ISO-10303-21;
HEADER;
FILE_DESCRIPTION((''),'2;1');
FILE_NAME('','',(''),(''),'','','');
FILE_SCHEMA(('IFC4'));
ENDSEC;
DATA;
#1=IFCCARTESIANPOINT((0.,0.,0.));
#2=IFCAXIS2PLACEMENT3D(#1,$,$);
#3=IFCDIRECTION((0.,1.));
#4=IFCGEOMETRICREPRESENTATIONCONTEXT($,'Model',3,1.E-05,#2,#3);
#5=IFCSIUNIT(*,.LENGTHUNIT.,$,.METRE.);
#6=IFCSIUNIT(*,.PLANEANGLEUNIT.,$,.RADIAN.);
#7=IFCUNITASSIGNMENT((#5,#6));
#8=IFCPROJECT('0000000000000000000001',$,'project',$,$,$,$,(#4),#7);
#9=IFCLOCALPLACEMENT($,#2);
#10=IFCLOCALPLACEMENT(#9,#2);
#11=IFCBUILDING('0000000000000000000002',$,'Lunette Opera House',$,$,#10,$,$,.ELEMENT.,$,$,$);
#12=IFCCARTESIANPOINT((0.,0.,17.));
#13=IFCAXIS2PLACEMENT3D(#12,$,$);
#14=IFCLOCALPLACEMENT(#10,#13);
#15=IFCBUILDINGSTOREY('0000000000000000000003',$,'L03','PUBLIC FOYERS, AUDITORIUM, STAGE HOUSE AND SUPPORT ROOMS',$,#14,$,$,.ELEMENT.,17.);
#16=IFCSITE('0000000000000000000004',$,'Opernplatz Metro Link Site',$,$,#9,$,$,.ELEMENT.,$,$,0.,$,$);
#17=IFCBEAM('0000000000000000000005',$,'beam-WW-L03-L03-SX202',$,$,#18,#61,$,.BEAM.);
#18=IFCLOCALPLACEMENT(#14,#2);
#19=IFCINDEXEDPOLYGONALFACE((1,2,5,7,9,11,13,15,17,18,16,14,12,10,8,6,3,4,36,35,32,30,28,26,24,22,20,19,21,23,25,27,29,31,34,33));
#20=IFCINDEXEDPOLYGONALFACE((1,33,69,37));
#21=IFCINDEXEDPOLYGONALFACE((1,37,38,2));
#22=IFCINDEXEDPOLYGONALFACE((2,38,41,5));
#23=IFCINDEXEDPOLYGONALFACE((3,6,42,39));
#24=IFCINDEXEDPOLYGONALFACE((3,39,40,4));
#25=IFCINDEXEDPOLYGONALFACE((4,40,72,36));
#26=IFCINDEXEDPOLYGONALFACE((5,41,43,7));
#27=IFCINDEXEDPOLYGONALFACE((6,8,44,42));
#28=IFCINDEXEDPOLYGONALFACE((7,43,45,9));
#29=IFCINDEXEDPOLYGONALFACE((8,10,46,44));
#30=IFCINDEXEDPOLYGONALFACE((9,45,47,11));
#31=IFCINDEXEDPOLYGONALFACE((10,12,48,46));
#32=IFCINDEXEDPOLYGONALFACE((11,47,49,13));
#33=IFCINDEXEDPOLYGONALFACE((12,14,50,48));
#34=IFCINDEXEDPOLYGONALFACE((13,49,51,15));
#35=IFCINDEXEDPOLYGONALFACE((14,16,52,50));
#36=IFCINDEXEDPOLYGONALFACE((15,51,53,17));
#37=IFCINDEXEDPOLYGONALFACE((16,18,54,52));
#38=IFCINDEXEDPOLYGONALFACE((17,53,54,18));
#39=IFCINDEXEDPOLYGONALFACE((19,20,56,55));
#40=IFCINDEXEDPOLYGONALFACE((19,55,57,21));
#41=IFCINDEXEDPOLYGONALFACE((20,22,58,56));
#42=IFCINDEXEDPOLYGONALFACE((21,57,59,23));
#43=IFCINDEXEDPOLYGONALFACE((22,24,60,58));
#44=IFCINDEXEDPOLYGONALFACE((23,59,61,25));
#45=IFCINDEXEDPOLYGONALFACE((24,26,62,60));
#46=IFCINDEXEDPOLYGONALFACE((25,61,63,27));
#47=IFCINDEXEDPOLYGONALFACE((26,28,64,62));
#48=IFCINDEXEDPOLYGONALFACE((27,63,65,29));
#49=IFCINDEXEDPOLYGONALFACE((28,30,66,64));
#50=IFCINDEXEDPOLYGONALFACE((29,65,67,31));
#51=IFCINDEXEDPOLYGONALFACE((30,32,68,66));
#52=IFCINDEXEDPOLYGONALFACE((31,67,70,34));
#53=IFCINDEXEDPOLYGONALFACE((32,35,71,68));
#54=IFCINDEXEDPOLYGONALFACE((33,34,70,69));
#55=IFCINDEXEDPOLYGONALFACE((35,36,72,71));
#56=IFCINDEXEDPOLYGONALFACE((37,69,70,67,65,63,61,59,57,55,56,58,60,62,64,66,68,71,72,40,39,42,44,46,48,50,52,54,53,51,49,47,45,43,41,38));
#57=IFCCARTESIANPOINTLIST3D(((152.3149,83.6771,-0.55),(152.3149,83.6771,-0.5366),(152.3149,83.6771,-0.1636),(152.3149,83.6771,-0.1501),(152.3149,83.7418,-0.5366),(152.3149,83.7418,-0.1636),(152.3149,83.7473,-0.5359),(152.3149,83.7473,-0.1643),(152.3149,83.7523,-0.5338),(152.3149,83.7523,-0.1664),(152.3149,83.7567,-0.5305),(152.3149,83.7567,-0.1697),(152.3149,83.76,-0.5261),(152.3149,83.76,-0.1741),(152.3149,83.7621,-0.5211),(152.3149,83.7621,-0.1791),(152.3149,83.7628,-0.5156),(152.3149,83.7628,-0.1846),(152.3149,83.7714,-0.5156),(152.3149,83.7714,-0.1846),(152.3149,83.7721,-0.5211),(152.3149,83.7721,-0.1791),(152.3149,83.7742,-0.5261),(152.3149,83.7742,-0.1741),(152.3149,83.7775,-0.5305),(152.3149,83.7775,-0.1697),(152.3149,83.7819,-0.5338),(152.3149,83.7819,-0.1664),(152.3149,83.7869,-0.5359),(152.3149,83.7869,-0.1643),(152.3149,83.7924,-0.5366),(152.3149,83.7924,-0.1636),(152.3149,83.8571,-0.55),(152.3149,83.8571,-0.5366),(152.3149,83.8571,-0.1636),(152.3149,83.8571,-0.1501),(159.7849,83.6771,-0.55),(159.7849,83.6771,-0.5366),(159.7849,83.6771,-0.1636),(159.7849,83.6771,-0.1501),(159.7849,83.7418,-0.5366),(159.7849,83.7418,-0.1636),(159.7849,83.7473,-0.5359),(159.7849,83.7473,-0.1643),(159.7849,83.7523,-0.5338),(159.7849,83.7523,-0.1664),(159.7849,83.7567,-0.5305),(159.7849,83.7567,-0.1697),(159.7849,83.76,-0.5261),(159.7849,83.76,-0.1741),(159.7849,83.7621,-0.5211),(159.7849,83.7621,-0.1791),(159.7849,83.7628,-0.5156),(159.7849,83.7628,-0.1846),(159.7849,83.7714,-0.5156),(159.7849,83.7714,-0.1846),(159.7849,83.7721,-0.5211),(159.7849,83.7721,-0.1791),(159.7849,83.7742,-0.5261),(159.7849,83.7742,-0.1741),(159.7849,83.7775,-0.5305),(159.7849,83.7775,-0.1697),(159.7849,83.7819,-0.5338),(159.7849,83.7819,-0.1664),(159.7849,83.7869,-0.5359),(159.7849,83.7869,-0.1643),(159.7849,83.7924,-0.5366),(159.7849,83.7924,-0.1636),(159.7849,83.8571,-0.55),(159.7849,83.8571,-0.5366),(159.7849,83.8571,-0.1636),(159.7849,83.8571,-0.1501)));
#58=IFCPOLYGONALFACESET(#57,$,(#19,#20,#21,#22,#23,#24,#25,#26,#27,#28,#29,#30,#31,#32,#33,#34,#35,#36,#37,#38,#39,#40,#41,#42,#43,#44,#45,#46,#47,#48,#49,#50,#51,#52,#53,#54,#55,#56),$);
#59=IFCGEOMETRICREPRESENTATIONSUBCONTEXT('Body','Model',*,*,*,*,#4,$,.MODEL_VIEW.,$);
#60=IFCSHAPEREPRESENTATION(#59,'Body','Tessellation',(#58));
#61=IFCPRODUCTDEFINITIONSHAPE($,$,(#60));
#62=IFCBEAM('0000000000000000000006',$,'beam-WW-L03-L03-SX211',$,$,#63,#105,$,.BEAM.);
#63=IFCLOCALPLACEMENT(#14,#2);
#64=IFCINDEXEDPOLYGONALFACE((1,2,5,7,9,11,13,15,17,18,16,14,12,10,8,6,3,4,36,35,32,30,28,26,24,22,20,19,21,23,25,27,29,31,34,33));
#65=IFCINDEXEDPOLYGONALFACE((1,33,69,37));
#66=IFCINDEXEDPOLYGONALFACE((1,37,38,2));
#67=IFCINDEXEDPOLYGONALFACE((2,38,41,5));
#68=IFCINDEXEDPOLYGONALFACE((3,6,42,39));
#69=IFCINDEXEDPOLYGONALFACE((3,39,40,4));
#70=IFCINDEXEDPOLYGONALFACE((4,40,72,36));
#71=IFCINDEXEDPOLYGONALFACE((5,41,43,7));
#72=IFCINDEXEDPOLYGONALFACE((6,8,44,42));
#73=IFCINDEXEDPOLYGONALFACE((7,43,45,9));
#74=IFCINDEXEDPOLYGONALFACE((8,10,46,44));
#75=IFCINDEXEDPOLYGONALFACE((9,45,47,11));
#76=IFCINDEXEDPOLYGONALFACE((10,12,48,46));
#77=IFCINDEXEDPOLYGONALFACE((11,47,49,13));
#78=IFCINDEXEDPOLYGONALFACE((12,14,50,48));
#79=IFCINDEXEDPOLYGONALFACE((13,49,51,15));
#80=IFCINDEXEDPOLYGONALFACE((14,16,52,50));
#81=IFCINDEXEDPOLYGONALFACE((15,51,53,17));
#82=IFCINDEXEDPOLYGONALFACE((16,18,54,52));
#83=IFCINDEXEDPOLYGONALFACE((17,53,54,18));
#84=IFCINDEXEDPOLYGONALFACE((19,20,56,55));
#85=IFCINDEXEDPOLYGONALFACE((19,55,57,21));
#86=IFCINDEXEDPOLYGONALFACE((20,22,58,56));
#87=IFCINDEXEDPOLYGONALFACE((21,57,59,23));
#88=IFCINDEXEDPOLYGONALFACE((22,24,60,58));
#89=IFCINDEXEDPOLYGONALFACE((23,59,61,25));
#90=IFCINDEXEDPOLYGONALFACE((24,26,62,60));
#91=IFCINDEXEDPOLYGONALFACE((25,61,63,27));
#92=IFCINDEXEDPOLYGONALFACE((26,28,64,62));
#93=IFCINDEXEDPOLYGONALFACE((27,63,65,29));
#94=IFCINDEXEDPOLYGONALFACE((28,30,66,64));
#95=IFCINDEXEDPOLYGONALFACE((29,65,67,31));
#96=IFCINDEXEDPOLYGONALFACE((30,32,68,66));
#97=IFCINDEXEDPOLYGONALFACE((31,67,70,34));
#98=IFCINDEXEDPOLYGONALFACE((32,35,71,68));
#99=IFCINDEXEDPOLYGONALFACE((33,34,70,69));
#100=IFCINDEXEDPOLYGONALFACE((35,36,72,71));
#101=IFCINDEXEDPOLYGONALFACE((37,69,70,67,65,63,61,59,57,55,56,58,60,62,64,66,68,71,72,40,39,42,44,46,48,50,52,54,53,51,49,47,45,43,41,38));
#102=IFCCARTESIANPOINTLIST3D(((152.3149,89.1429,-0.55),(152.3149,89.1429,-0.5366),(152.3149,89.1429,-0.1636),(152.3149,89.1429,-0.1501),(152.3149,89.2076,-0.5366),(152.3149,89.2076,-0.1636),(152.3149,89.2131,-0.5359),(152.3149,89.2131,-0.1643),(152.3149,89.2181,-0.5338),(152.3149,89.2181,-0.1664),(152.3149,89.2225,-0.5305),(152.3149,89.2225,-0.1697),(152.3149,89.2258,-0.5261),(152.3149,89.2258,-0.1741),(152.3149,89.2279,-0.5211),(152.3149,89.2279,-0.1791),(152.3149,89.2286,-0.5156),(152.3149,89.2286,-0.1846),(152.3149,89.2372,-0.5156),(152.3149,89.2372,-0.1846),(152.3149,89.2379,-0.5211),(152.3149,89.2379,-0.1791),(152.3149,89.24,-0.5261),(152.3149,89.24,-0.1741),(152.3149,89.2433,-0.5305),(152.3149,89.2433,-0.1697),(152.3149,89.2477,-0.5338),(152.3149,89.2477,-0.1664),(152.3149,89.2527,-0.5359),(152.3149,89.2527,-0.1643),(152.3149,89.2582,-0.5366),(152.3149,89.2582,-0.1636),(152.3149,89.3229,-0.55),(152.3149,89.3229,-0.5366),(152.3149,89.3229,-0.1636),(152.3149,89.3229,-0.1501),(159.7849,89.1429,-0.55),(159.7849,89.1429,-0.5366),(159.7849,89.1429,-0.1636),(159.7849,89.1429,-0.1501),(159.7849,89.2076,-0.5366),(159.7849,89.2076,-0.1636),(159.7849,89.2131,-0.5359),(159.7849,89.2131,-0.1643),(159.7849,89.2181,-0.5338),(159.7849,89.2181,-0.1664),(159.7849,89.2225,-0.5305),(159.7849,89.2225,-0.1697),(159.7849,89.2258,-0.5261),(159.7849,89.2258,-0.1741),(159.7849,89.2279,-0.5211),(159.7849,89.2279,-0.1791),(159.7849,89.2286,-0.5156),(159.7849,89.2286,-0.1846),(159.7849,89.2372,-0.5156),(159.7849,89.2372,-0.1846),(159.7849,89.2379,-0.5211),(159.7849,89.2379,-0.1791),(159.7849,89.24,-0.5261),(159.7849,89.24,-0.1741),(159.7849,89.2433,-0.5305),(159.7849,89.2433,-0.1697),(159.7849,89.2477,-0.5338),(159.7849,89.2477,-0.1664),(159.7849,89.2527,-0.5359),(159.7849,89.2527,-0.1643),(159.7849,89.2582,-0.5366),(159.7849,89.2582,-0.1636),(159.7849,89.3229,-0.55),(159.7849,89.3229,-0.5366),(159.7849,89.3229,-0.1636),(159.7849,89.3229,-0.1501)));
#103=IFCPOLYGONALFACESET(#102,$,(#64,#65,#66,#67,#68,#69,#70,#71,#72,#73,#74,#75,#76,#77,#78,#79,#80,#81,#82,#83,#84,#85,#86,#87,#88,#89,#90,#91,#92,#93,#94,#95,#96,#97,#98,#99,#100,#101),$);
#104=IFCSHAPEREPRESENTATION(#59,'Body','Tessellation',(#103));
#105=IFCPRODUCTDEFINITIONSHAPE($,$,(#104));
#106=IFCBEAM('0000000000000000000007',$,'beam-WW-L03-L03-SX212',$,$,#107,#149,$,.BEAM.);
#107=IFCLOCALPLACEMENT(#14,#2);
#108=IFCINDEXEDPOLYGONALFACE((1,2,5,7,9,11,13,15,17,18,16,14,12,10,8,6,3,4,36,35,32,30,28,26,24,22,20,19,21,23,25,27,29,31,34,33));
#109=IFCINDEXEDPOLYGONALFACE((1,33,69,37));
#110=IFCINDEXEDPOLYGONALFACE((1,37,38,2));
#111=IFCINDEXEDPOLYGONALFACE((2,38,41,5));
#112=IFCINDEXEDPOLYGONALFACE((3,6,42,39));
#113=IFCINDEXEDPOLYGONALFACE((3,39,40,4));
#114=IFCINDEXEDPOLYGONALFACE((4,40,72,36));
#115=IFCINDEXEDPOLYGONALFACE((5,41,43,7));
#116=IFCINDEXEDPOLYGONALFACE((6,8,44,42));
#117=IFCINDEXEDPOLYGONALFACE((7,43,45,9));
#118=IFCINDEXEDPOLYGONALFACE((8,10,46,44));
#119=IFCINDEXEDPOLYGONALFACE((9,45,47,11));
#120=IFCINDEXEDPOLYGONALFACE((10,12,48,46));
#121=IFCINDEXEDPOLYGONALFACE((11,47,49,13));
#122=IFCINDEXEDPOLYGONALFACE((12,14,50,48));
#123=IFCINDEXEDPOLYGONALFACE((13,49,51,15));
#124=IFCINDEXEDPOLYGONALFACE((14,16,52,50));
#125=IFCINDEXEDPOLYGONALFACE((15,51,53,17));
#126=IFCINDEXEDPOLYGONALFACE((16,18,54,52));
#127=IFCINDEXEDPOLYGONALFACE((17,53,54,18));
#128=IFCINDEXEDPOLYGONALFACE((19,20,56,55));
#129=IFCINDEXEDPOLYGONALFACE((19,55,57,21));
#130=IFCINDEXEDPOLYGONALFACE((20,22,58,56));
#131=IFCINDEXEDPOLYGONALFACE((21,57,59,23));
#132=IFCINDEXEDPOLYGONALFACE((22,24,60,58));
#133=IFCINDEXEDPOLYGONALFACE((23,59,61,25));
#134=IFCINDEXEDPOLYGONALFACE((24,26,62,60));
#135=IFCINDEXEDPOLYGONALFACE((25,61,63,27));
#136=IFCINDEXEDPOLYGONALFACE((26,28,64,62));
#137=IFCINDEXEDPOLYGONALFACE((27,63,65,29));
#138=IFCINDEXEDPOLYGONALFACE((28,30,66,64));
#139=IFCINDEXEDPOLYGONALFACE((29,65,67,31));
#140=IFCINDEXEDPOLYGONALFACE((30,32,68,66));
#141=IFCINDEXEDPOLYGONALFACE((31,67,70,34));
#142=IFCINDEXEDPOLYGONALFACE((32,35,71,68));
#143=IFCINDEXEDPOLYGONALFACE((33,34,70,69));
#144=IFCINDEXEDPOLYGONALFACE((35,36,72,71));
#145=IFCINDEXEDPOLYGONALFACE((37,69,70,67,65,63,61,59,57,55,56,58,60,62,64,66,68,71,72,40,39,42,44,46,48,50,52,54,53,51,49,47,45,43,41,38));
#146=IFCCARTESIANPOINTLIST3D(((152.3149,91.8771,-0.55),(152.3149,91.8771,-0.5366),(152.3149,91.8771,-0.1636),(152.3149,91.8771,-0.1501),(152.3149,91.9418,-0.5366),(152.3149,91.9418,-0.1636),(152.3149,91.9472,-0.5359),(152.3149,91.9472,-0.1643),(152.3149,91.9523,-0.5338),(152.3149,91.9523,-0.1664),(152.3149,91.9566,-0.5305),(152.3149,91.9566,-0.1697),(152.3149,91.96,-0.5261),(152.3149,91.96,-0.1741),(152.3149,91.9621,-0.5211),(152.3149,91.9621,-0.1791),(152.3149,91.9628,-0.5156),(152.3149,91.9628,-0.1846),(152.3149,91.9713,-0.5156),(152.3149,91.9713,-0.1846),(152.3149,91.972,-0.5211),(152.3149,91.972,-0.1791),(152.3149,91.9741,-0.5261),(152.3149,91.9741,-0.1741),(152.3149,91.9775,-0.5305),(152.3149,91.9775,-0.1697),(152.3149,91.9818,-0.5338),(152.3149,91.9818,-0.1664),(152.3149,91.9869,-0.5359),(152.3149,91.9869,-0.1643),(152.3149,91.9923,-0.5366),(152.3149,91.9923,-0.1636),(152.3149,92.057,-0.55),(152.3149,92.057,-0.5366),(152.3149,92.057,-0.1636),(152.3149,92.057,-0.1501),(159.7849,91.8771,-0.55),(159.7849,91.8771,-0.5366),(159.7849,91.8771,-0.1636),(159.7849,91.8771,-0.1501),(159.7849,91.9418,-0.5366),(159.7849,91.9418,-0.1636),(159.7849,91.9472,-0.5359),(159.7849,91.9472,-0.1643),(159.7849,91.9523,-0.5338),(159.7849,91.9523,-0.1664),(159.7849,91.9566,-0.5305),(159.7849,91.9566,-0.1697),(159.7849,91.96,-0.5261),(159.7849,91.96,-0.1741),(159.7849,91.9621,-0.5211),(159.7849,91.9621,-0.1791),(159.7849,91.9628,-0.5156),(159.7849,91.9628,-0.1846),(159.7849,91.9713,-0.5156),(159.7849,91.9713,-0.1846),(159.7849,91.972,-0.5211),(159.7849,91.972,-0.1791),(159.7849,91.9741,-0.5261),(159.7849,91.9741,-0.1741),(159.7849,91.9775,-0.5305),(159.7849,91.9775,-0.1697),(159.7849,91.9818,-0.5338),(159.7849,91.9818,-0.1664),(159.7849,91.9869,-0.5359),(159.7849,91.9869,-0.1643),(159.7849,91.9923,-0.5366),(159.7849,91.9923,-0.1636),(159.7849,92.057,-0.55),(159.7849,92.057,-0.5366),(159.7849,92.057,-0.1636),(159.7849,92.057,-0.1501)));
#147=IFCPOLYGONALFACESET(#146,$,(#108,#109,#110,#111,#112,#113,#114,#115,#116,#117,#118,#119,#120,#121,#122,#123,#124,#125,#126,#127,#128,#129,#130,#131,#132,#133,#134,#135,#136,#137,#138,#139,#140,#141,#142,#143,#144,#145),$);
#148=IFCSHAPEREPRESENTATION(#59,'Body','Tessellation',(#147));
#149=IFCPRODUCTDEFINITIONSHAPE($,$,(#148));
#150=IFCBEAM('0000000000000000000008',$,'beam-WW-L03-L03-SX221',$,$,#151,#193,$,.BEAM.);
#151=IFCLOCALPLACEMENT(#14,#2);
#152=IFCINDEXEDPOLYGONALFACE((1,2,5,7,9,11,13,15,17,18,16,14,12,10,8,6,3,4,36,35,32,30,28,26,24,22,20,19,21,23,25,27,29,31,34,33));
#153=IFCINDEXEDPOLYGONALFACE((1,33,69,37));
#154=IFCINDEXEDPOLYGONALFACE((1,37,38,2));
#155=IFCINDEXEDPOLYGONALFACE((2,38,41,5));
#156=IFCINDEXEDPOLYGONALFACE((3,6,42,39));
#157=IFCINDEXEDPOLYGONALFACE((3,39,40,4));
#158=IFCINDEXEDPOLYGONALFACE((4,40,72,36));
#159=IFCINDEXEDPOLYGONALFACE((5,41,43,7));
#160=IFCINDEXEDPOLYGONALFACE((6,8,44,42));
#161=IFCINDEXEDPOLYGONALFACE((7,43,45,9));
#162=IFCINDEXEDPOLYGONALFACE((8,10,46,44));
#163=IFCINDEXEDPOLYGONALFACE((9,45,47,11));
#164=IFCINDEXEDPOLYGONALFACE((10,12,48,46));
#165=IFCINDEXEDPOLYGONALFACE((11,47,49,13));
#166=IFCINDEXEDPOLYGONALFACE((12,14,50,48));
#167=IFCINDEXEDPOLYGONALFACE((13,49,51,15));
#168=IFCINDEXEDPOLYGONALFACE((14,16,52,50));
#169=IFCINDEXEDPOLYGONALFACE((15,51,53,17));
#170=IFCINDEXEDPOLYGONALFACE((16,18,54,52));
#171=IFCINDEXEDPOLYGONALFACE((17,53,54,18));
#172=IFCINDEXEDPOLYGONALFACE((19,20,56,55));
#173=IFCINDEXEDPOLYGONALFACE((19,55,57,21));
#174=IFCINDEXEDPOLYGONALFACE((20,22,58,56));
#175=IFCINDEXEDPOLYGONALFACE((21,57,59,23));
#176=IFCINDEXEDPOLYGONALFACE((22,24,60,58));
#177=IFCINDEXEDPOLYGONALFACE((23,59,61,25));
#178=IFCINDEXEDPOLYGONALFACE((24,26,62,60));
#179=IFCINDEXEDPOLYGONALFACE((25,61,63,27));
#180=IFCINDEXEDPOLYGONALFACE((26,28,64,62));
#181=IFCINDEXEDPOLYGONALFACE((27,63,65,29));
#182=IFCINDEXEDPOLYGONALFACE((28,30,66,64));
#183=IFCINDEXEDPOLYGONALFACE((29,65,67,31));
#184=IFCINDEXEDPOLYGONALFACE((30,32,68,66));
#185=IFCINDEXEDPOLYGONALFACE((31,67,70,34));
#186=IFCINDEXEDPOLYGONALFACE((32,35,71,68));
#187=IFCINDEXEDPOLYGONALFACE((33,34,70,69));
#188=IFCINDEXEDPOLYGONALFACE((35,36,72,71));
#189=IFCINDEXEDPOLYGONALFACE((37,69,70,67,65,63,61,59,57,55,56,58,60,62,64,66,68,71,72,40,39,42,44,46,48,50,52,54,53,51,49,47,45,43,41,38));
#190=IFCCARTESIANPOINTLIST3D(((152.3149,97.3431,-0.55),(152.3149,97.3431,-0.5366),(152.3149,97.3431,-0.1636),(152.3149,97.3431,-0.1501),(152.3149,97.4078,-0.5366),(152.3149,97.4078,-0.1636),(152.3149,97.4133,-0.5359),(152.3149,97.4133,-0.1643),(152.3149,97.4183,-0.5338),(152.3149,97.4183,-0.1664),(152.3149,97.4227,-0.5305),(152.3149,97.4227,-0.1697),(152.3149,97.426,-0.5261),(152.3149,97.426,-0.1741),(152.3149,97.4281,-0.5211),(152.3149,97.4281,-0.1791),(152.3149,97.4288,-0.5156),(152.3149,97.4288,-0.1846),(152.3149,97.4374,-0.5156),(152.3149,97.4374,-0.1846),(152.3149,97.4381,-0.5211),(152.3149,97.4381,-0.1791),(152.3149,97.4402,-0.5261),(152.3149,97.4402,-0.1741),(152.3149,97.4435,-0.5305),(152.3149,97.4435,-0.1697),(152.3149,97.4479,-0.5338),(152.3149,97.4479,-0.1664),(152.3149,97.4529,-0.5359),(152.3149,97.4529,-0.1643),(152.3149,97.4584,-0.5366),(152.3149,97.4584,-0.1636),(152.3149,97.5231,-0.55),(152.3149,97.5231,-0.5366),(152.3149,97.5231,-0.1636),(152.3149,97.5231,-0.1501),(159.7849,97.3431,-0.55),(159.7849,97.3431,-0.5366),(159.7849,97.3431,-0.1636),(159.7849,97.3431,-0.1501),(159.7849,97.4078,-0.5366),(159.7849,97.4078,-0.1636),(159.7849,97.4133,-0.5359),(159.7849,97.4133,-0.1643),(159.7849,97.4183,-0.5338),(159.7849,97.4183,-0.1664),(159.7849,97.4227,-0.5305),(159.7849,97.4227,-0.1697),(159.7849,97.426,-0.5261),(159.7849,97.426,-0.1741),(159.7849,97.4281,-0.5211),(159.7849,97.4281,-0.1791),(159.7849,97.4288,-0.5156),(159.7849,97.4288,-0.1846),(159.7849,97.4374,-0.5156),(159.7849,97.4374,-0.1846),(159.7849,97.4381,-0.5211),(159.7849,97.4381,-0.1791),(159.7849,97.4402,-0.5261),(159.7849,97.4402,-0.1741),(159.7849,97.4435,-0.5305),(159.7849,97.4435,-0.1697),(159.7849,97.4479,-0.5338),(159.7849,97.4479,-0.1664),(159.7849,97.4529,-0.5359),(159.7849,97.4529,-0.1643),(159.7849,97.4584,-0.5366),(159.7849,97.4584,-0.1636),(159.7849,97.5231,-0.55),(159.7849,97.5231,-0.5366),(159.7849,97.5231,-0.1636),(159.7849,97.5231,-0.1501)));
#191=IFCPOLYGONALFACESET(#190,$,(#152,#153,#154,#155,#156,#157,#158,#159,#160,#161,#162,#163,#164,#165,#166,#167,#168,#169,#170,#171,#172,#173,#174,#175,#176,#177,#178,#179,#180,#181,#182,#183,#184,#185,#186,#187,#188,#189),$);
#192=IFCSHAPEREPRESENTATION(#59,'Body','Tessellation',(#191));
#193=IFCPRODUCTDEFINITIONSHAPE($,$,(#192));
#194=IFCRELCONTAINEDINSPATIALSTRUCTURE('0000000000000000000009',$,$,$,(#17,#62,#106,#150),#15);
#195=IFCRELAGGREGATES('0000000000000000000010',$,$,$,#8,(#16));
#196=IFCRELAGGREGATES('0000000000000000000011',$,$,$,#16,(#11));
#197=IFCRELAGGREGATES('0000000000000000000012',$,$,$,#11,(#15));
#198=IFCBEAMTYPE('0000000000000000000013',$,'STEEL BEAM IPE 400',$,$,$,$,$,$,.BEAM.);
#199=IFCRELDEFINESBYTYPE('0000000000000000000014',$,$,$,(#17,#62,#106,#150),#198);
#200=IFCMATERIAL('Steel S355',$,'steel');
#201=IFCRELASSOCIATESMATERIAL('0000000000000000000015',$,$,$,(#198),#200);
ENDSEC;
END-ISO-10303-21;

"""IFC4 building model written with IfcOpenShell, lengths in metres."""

from ifc_helpers import new_model, si_unit, direction, frame, origin, origin_2d, place, context, subcontext, project, spatial, i_section, extrude, material, material_profile, profile_set, type_object, element, save


model = new_model("IFC4")

# Units and contexts
model_context = context("Model", 3, precision=1e-05, world=origin(), true_north=direction((0.0, 1.0)))
body_context = subcontext(model_context, "Body", "Model", "MODEL_VIEW")
ifc_project = project(units=[si_unit("LENGTHUNIT", "METRE"), si_unit("PLANEANGLEUNIT", "RADIAN")], contexts=[model_context])

# Site, building, storey
site_placement = place(None, origin())
site = spatial("IfcSite", under=ifc_project, at=site_placement, Name="Opernplatz Metro Link Site", CompositionType="ELEMENT", RefElevation=0.0)
building_placement = place(site_placement, origin())
building = spatial("IfcBuilding", under=site, at=building_placement, Name="Lunette Opera House", CompositionType="ELEMENT")
storey_placement = place(building_placement, frame((0.0, 0.0, 17.0)))
storey = spatial("IfcBuildingStorey", under=building, at=storey_placement, Name="L03", Description="PUBLIC FOYERS, AUDITORIUM, STAGE HOUSE AND SUPPORT ROOMS", CompositionType="ELEMENT", Elevation=17.0)

# Beams
ifc_material_1 = material(Name="Steel S355", Category="steel")
ifc_material_profile_1 = material_profile(ifc_material_1, i_section(OverallWidth=0.1799, OverallDepth=0.3999, WebThickness=0.0085, FlangeThickness=0.0134, FilletRadius=0.021, at=origin_2d()), Name="IPE 400")
ifc_profile_set_1 = profile_set([ifc_material_profile_1], Name="Steel S355")
beam_type_1 = type_object("IfcBeamType", Name="STEEL BEAM IPE 400", PredefinedType="BEAM", material=ifc_profile_set_1)
for number, where, z_axis, x_axis, name in (
    (1, (152.3149, 83.7671, -0.3501), (1.0, 0.0, 0.0), (0.0, 1.0, 0.0), "beam-WW-L03-L03-SX202"),
    (2, (152.3149, 89.2329, -0.3501), (1.0, 0.0, 0.0), (0.0, 1.0, 0.0), "beam-WW-L03-L03-SX211"),
    (3, (152.3149, 91.967, -0.3501), (1.0, 0.0, 0.0), (0.0, 1.0, 0.0), "beam-WW-L03-L03-SX212"),
    (4, (152.3149, 97.4331, -0.3501), (1.0, 0.0, 0.0), (0.0, 1.0, 0.0), "beam-WW-L03-L03-SX221"),
):
    element("IfcBeam", number, at=place(storey_placement, frame(where, z_axis=z_axis, x_axis=x_axis)), inside=storey, type_object=beam_type_1, Name=name, PredefinedType="BEAM", context=body_context, shape_type="SweptSolid", body=[
        extrude(i_section(OverallWidth=0.1799, OverallDepth=0.3999, WebThickness=0.0085, FlangeThickness=0.0134, FilletRadius=0.021, at=origin_2d()), origin(), (0.0, 0.0, 1.0), 7.47),
    ])

save(model, "model.ifc")
